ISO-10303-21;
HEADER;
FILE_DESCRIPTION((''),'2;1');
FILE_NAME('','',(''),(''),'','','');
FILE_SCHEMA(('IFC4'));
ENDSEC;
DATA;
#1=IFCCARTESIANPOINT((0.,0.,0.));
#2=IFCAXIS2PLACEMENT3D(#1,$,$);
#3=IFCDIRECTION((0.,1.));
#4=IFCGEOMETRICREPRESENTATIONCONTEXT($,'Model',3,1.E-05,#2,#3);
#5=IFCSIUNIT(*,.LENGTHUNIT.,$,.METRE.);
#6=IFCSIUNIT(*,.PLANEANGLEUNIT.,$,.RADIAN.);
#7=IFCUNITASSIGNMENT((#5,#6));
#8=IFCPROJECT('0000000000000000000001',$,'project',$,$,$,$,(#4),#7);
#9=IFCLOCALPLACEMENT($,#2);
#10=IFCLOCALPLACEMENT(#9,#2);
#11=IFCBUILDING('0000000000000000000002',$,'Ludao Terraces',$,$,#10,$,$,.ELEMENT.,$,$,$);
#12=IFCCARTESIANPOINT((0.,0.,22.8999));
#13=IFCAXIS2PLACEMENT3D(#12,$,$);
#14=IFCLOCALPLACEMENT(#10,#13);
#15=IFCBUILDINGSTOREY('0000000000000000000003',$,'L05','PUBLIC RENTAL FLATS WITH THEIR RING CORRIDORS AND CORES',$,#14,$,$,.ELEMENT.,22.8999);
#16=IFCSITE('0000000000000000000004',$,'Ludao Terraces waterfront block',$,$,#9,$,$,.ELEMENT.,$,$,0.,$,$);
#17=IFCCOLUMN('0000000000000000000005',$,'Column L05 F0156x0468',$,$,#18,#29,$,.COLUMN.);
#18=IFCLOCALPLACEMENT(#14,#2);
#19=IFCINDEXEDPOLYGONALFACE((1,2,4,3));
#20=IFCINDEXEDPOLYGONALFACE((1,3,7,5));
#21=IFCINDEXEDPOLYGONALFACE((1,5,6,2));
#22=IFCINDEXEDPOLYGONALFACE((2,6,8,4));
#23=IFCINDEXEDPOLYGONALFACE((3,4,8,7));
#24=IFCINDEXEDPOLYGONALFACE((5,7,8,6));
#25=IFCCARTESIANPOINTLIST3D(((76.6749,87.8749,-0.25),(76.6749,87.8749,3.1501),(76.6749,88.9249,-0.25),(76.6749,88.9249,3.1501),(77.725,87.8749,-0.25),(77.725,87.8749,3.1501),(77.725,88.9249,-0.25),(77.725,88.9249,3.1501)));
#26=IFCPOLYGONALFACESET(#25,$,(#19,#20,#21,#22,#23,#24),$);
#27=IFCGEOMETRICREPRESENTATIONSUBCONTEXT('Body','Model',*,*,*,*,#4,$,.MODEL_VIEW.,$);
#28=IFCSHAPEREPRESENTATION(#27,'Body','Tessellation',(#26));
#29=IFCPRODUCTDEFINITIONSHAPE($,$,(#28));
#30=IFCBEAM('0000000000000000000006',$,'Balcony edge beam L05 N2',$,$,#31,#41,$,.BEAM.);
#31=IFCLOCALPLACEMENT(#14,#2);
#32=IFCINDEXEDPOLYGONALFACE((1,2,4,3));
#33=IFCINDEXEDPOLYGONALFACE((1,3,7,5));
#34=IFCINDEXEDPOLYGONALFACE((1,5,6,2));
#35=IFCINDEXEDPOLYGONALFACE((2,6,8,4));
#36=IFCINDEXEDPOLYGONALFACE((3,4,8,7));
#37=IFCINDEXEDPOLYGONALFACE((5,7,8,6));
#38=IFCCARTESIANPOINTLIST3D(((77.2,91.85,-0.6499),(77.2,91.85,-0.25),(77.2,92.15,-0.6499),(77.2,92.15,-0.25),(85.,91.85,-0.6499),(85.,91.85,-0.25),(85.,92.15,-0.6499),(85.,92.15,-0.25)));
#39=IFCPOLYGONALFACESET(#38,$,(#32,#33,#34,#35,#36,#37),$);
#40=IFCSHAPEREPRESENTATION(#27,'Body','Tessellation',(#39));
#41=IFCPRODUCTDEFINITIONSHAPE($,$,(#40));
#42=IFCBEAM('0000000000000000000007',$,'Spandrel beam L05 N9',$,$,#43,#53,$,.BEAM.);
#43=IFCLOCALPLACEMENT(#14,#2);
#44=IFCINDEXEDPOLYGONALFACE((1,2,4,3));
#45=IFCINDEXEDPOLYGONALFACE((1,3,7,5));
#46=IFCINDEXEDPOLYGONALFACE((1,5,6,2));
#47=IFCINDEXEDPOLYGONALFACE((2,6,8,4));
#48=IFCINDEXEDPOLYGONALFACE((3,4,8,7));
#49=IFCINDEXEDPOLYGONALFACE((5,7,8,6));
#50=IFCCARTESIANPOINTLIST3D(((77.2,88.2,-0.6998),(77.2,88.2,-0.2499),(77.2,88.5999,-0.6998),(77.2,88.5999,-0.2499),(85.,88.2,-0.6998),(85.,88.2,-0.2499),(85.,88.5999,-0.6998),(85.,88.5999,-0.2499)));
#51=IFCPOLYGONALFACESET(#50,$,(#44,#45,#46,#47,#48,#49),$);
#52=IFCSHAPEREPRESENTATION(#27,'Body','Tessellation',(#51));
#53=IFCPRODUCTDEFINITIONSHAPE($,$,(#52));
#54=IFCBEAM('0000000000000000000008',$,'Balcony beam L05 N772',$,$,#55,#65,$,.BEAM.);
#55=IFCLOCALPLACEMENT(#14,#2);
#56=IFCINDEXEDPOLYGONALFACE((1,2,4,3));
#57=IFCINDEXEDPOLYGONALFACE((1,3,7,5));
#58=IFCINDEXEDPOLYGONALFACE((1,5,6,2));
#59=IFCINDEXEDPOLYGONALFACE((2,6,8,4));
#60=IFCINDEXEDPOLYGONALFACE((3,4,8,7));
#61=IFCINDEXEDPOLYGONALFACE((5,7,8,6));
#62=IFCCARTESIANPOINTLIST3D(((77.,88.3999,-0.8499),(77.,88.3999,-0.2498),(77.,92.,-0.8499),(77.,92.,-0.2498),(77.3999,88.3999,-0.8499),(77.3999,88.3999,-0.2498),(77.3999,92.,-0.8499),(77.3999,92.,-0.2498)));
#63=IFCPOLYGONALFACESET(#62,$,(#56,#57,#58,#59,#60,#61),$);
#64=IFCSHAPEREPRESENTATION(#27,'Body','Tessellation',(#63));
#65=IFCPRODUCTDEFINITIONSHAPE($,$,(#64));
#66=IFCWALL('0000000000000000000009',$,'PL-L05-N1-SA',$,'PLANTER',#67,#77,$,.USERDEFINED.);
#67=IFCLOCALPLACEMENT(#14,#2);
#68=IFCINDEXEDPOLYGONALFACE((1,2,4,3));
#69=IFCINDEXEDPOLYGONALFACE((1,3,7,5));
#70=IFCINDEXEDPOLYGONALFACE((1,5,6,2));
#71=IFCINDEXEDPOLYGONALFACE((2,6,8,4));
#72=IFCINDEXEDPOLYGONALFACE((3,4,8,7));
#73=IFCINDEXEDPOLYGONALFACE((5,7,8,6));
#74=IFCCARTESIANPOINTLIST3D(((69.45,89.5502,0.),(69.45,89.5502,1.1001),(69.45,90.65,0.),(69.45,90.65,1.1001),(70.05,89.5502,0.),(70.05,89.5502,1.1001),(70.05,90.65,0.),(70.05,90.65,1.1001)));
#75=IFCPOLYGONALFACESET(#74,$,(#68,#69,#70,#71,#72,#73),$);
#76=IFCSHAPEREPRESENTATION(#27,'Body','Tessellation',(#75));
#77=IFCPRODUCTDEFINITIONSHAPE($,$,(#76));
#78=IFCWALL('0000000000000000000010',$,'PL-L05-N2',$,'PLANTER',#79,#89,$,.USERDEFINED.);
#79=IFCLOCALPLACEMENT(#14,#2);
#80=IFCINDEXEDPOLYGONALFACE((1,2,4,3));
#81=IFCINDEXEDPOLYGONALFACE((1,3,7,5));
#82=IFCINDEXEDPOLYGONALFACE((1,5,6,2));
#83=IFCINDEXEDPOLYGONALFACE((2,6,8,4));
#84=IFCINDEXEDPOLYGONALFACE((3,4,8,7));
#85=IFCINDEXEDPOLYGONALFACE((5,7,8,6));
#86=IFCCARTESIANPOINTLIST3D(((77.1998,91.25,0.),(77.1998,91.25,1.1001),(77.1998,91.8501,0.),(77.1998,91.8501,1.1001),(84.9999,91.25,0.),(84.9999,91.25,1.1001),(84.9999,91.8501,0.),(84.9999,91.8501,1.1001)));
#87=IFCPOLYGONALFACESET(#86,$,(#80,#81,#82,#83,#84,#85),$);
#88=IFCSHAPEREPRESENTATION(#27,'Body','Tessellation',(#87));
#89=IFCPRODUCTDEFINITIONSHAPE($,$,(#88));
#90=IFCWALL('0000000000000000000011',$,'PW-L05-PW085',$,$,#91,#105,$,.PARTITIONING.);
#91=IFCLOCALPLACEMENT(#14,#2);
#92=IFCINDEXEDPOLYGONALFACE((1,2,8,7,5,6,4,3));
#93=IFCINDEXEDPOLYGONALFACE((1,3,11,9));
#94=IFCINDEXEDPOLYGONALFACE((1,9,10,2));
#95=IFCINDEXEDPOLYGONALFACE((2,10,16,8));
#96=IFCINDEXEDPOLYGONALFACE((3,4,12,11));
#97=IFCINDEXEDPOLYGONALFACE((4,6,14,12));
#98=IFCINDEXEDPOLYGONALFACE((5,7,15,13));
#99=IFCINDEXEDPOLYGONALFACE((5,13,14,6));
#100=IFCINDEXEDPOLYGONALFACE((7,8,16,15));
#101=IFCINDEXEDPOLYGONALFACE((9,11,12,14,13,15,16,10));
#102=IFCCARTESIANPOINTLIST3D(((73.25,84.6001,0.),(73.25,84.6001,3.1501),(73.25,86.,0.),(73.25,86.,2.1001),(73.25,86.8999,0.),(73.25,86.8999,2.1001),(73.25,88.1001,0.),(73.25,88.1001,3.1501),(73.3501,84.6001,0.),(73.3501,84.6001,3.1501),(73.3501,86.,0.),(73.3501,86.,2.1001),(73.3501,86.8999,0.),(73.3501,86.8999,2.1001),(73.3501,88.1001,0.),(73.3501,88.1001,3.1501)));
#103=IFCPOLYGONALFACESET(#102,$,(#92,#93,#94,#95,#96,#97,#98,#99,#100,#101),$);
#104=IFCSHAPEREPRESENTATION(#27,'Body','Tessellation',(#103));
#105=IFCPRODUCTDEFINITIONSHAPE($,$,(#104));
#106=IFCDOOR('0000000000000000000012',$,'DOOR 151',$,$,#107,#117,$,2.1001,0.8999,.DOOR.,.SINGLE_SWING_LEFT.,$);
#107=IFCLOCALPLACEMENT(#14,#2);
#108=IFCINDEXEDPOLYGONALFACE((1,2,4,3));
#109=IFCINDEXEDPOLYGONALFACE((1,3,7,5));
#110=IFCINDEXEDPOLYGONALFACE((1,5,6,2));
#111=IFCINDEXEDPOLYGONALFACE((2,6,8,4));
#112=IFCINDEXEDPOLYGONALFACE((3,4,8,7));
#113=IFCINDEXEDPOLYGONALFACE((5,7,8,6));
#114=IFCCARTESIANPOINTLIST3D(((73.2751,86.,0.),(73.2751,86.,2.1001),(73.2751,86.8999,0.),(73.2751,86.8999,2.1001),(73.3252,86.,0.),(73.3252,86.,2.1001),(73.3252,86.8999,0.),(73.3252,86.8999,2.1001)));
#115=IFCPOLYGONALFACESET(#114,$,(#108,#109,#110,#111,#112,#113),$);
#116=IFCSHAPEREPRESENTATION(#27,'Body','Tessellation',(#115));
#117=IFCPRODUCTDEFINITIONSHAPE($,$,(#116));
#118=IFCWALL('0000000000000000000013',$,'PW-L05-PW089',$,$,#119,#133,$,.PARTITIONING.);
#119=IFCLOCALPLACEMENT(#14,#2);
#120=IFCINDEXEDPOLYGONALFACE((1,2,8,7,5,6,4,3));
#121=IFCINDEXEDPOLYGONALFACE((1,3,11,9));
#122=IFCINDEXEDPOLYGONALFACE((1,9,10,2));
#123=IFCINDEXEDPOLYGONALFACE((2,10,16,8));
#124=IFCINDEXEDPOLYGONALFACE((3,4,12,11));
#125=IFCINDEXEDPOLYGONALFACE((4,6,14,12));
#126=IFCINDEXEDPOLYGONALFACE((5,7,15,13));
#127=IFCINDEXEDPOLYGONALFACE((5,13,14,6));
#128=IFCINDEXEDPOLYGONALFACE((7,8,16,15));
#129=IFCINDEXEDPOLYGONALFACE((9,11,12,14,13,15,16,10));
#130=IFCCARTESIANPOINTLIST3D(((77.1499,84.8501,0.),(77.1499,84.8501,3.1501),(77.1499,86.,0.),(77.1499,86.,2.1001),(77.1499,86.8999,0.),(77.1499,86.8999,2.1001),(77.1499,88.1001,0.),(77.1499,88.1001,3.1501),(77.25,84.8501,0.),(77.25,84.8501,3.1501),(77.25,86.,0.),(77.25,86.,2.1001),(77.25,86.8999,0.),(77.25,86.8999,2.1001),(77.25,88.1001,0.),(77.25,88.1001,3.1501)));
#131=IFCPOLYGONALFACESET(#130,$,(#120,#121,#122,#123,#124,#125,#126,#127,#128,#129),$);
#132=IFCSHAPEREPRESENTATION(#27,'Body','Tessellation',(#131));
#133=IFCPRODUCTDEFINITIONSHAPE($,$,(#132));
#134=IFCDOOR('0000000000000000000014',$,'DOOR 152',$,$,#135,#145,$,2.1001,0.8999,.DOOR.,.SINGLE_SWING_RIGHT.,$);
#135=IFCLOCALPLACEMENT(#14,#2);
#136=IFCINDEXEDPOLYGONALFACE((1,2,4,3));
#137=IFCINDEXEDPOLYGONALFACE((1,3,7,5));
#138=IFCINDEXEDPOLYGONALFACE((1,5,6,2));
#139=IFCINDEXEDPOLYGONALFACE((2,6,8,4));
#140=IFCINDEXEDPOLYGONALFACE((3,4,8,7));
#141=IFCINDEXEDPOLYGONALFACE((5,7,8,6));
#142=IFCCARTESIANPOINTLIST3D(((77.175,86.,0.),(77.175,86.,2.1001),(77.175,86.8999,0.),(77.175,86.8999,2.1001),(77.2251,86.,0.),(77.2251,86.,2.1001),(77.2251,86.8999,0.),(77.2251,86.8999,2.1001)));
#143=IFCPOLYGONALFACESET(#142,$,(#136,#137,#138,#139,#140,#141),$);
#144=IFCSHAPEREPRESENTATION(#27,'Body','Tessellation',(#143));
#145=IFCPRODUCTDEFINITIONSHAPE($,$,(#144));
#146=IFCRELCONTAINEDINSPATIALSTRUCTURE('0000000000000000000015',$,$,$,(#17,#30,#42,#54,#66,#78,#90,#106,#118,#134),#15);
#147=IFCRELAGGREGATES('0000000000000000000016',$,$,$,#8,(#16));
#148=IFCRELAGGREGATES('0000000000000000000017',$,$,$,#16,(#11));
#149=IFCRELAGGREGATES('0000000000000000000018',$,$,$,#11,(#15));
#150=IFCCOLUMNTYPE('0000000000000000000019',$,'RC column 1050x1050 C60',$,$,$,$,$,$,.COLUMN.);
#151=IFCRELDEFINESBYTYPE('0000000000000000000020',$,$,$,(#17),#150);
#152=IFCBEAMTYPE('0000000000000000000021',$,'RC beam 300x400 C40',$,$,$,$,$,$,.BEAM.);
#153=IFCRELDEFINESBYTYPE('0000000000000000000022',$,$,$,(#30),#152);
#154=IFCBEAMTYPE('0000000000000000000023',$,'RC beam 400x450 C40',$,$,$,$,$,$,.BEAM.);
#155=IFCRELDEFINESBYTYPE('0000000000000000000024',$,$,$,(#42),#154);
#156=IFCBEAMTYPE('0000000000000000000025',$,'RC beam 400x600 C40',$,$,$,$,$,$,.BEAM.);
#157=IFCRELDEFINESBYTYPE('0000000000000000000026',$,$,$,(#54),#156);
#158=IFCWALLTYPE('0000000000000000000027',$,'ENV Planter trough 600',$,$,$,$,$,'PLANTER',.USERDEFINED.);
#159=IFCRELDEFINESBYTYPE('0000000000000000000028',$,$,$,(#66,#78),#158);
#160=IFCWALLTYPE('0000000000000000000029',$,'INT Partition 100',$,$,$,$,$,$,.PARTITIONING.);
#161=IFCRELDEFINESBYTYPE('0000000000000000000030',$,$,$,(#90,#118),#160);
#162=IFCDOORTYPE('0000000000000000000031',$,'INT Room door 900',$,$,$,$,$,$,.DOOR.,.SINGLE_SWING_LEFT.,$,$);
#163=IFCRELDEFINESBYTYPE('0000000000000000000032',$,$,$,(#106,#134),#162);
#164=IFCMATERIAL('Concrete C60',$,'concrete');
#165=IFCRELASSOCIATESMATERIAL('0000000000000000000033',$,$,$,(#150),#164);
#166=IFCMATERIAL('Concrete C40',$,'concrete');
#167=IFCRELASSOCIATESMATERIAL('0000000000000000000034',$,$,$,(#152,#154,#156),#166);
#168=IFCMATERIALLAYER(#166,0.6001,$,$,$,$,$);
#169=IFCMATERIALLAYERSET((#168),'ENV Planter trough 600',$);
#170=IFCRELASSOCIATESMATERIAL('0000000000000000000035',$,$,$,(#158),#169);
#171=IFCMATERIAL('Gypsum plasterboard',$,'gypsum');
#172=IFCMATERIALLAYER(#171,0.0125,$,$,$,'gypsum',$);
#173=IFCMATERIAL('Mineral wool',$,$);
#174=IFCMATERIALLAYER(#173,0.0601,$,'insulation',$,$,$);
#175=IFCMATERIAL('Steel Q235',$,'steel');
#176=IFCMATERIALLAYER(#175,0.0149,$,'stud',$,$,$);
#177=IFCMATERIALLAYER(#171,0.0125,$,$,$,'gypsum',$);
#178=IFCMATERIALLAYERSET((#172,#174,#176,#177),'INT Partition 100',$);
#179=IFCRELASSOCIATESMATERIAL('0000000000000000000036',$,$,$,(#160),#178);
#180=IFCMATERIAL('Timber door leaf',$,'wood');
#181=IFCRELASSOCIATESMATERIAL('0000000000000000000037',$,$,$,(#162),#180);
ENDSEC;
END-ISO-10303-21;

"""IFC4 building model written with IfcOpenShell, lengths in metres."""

from ifc_helpers import new_model, si_unit, direction, frame, frame_2d, origin, origin_2d, place, context, subcontext, project, spatial, rectangle, extrude, material, layer, layer_set, material_profile, profile_set, type_object, element, fill, save


model = new_model("IFC4")

# Units and contexts
model_context = context("Model", 3, precision=1e-05, world=origin(), true_north=direction((0.0, 1.0)))
body_context = subcontext(model_context, "Body", "Model", "MODEL_VIEW")
ifc_project = project(units=[si_unit("LENGTHUNIT", "METRE"), si_unit("PLANEANGLEUNIT", "RADIAN")], contexts=[model_context])

# Site, building, storey
site_placement = place(None, origin())
site = spatial("IfcSite", under=ifc_project, at=site_placement, Name="Ludao Terraces waterfront block", CompositionType="ELEMENT", RefElevation=0.0)
building_placement = place(site_placement, origin())
building = spatial("IfcBuilding", under=site, at=building_placement, Name="Ludao Terraces", CompositionType="ELEMENT")
storey_placement = place(building_placement, frame((0.0, 0.0, 22.8999)))
storey = spatial("IfcBuildingStorey", under=building, at=storey_placement, Name="L05", Description="PUBLIC RENTAL FLATS WITH THEIR RING CORRIDORS AND CORES", CompositionType="ELEMENT", Elevation=22.8999)

# Column
ifc_material_1 = material(Name="Concrete C60", Category="concrete")
ifc_material_profile_1 = material_profile(ifc_material_1, rectangle(XDim=1.05, YDim=1.05, at=origin_2d()), Name="1050 X 1050")
ifc_profile_set_1 = profile_set([ifc_material_profile_1], Name="Concrete C60")
column_type = type_object("IfcColumnType", Name="RC column 1050x1050 C60", PredefinedType="COLUMN", material=ifc_profile_set_1)
column_placement = place(storey_placement, frame((77.2, 88.3999, -0.25), z_axis=(0.0, 0.0, 1.0), x_axis=(1.0, 0.0, 0.0)))
element("IfcColumn", 1, at=column_placement, inside=storey, type_object=column_type, Name="Column L05 F0156x0468", PredefinedType="COLUMN", context=body_context, shape_type="SweptSolid", body=[
    extrude(rectangle(XDim=1.05, YDim=1.05, at=origin_2d()), origin(), (0.0, 0.0, 1.0), 3.4001),
])

# Beams
ifc_material_2 = material(Name="Concrete C40", Category="concrete")
ifc_material_profile_2 = material_profile(ifc_material_2, rectangle(XDim=0.3, YDim=0.3999, at=origin_2d()), Name="300 X 400")
ifc_profile_set_2 = profile_set([ifc_material_profile_2], Name="Concrete C40")
beam_type_1 = type_object("IfcBeamType", Name="RC beam 300x400 C40", PredefinedType="BEAM", material=ifc_profile_set_2)
beam_1_placement = place(storey_placement, frame((77.2, 92.0, -0.45), z_axis=(1.0, 0.0, 0.0), x_axis=(0.0, 1.0, 0.0)))
element("IfcBeam", 2, at=beam_1_placement, inside=storey, type_object=beam_type_1, Name="Balcony edge beam L05 N2", PredefinedType="BEAM", context=body_context, shape_type="SweptSolid", body=[
    extrude(rectangle(XDim=0.3, YDim=0.3999, at=origin_2d()), origin(), (0.0, 0.0, 1.0), 7.8),
])
ifc_material_profile_3 = material_profile(ifc_material_2, rectangle(XDim=0.3999, YDim=0.45, at=origin_2d()), Name="400 X 450")
ifc_profile_set_3 = profile_set([ifc_material_profile_3], Name="Concrete C40")
beam_type_2 = type_object("IfcBeamType", Name="RC beam 400x450 C40", PredefinedType="BEAM", material=ifc_profile_set_3)
beam_2_placement = place(storey_placement, frame((77.2, 88.3999, -0.4749), z_axis=(1.0, 0.0, 0.0), x_axis=(0.0, 1.0, 0.0)))
element("IfcBeam", 3, at=beam_2_placement, inside=storey, type_object=beam_type_2, Name="Spandrel beam L05 N9", PredefinedType="BEAM", context=body_context, shape_type="SweptSolid", body=[
    extrude(rectangle(XDim=0.3999, YDim=0.45, at=origin_2d()), origin(), (0.0, 0.0, 1.0), 7.8),
])
ifc_material_profile_4 = material_profile(ifc_material_2, rectangle(XDim=0.3999, YDim=0.6001, at=origin_2d()), Name="400 X 600")
ifc_profile_set_4 = profile_set([ifc_material_profile_4], Name="Concrete C40")
beam_type_3 = type_object("IfcBeamType", Name="RC beam 400x600 C40", PredefinedType="BEAM", material=ifc_profile_set_4)
beam_3_placement = place(storey_placement, frame((77.2, 88.3999, -0.5498), z_axis=(0.0, 1.0, 0.0), x_axis=(-1.0, 0.0, 0.0)))
element("IfcBeam", 4, at=beam_3_placement, inside=storey, type_object=beam_type_3, Name="Balcony beam L05 N772", PredefinedType="BEAM", context=body_context, shape_type="SweptSolid", body=[
    extrude(rectangle(XDim=0.3999, YDim=0.6001, at=origin_2d()), origin(), (0.0, 0.0, 1.0), 3.6001),
])

# Walls
ifc_layer_1 = layer(ifc_material_2, 0.6001)
ifc_layer_set_1 = layer_set([ifc_layer_1], Name="ENV Planter trough 600")
wall_type_1 = type_object("IfcWallType", Name="ENV Planter trough 600", ElementType="PLANTER", PredefinedType="USERDEFINED", material=ifc_layer_set_1)
wall_1_placement = place(storey_placement, frame((69.75, 90.6499, 0.0), z_axis=(0.0, 0.0, 1.0), x_axis=(0.0, -1.0, 0.0)))
element("IfcWall", 5, at=wall_1_placement, inside=storey, type_object=wall_type_1, Name="PL-L05-N1-SA", ObjectType="PLANTER", PredefinedType="USERDEFINED", context=body_context, shape_type="SweptSolid", body=[
    extrude(rectangle(XDim=1.0999, YDim=0.6001, at=frame_2d((0.5498, 0.0))), origin(), (0.0, 0.0, 1.0), 1.1001),
])
wall_2_placement = place(storey_placement, frame((77.2, 91.55, 0.0), z_axis=(0.0, 0.0, 1.0), x_axis=(1.0, 0.0, 0.0)))
element("IfcWall", 6, at=wall_2_placement, inside=storey, type_object=wall_type_1, Name="PL-L05-N2", ObjectType="PLANTER", PredefinedType="USERDEFINED", context=body_context, shape_type="SweptSolid", body=[
    extrude(rectangle(XDim=7.8, YDim=0.6001, at=frame_2d((3.8999, 0.0))), origin(), (0.0, 0.0, 1.0), 1.1001),
])

# Shared definitions
ifc_material_3 = material(Name="Mineral wool")

# Walls, openings, doors
ifc_material_4 = material(Name="Gypsum plasterboard", Category="gypsum")
ifc_layer_2 = layer(ifc_material_4, 0.0125, Category="gypsum")
ifc_layer_3 = layer(ifc_material_3, 0.0601, Name="insulation")
ifc_material_5 = material(Name="Steel Q235", Category="steel")
ifc_layer_4 = layer(ifc_material_5, 0.0149, Name="stud")
ifc_layer_5 = layer(ifc_material_4, 0.0125, Category="gypsum")
ifc_layer_set_2 = layer_set([ifc_layer_2, ifc_layer_3, ifc_layer_4, ifc_layer_5], Name="INT Partition 100")
wall_type_2 = type_object("IfcWallType", Name="INT Partition 100", PredefinedType="PARTITIONING", material=ifc_layer_set_2)
wall_3_placement = place(storey_placement, frame((73.3, 84.6001, 0.0), z_axis=(0.0, 0.0, 1.0), x_axis=(0.0, 1.0, 0.0)))
wall_3 = element("IfcWall", 7, at=wall_3_placement, inside=storey, type_object=wall_type_2, Name="PW-L05-PW085", PredefinedType="PARTITIONING", context=body_context, shape_type="SweptSolid", body=[
    extrude(rectangle(XDim=3.5, YDim=0.1001, at=frame_2d((1.75, 0.0))), origin(), (0.0, 0.0, 1.0), 3.1501),
])
opening_1_placement = place(wall_3_placement, frame((1.3999, 0.0, 0.0)))
opening_1 = element("IfcOpeningElement", 8, at=opening_1_placement, cuts=wall_3, PredefinedType="OPENING", context=body_context, shape_type="SweptSolid", body=[
    extrude(rectangle(XDim=0.8999, YDim=2.1001, at=frame_2d((0.45, 1.05))), frame((0.0, 0.0601, 0.0), z_axis=(0.0, -1.0, 0.0), x_axis=(1.0, 0.0, 0.0)), (0.0, 0.0, 1.0), 0.1201),
])
ifc_material_6 = material(Name="Timber door leaf", Category="wood")
door_type_1 = type_object("IfcDoorType", Name="INT Room door 900", OperationType="SINGLE_SWING_LEFT", PredefinedType="DOOR", material=ifc_material_6)
door_1_placement = place(opening_1_placement, origin())
door_1 = element("IfcDoor", 9, at=door_1_placement, inside=storey, type_object=door_type_1, Name="DOOR 151", OperationType="SINGLE_SWING_LEFT", OverallHeight=2.1001, OverallWidth=0.8999, PredefinedType="DOOR", context=body_context, shape_type="SweptSolid", body=[
    extrude(rectangle(XDim=0.8999, YDim=2.1001, at=frame_2d((0.45, 1.05))), frame((0.0, 0.0249, 0.0), z_axis=(0.0, -1.0, 0.0), x_axis=(1.0, 0.0, 0.0)), (0.0, 0.0, 1.0), 0.05),
])
fill(opening_1, door_1)
wall_4_placement = place(storey_placement, frame((77.2, 84.8501, 0.0), z_axis=(0.0, 0.0, 1.0), x_axis=(0.0, 1.0, 0.0)))
wall_4 = element("IfcWall", 10, at=wall_4_placement, inside=storey, type_object=wall_type_2, Name="PW-L05-PW089", PredefinedType="PARTITIONING", context=body_context, shape_type="SweptSolid", body=[
    extrude(rectangle(XDim=3.25, YDim=0.1001, at=frame_2d((1.625, 0.0))), origin(), (0.0, 0.0, 1.0), 3.1501),
])
opening_2_placement = place(wall_4_placement, frame((1.1499, 0.0, 0.0)))
opening_2 = element("IfcOpeningElement", 11, at=opening_2_placement, cuts=wall_4, PredefinedType="OPENING", context=body_context, shape_type="SweptSolid", body=[
    extrude(rectangle(XDim=0.8999, YDim=2.1001, at=frame_2d((0.45, 1.05))), frame((0.0, 0.0601, 0.0), z_axis=(0.0, -1.0, 0.0), x_axis=(1.0, 0.0, 0.0)), (0.0, 0.0, 1.0), 0.1201),
])
door_2_placement = place(opening_2_placement, origin())
door_2 = element("IfcDoor", 12, at=door_2_placement, inside=storey, type_object=door_type_1, Name="DOOR 152", OperationType="SINGLE_SWING_RIGHT", OverallHeight=2.1001, OverallWidth=0.8999, PredefinedType="DOOR", context=body_context, shape_type="SweptSolid", body=[
    extrude(rectangle(XDim=0.8999, YDim=2.1001, at=frame_2d((0.45, 1.05))), frame((0.0, 0.0249, 0.0), z_axis=(0.0, -1.0, 0.0), x_axis=(1.0, 0.0, 0.0)), (0.0, 0.0, 1.0), 0.05),
])
fill(opening_2, door_2)

save(model, "model.ifc")
